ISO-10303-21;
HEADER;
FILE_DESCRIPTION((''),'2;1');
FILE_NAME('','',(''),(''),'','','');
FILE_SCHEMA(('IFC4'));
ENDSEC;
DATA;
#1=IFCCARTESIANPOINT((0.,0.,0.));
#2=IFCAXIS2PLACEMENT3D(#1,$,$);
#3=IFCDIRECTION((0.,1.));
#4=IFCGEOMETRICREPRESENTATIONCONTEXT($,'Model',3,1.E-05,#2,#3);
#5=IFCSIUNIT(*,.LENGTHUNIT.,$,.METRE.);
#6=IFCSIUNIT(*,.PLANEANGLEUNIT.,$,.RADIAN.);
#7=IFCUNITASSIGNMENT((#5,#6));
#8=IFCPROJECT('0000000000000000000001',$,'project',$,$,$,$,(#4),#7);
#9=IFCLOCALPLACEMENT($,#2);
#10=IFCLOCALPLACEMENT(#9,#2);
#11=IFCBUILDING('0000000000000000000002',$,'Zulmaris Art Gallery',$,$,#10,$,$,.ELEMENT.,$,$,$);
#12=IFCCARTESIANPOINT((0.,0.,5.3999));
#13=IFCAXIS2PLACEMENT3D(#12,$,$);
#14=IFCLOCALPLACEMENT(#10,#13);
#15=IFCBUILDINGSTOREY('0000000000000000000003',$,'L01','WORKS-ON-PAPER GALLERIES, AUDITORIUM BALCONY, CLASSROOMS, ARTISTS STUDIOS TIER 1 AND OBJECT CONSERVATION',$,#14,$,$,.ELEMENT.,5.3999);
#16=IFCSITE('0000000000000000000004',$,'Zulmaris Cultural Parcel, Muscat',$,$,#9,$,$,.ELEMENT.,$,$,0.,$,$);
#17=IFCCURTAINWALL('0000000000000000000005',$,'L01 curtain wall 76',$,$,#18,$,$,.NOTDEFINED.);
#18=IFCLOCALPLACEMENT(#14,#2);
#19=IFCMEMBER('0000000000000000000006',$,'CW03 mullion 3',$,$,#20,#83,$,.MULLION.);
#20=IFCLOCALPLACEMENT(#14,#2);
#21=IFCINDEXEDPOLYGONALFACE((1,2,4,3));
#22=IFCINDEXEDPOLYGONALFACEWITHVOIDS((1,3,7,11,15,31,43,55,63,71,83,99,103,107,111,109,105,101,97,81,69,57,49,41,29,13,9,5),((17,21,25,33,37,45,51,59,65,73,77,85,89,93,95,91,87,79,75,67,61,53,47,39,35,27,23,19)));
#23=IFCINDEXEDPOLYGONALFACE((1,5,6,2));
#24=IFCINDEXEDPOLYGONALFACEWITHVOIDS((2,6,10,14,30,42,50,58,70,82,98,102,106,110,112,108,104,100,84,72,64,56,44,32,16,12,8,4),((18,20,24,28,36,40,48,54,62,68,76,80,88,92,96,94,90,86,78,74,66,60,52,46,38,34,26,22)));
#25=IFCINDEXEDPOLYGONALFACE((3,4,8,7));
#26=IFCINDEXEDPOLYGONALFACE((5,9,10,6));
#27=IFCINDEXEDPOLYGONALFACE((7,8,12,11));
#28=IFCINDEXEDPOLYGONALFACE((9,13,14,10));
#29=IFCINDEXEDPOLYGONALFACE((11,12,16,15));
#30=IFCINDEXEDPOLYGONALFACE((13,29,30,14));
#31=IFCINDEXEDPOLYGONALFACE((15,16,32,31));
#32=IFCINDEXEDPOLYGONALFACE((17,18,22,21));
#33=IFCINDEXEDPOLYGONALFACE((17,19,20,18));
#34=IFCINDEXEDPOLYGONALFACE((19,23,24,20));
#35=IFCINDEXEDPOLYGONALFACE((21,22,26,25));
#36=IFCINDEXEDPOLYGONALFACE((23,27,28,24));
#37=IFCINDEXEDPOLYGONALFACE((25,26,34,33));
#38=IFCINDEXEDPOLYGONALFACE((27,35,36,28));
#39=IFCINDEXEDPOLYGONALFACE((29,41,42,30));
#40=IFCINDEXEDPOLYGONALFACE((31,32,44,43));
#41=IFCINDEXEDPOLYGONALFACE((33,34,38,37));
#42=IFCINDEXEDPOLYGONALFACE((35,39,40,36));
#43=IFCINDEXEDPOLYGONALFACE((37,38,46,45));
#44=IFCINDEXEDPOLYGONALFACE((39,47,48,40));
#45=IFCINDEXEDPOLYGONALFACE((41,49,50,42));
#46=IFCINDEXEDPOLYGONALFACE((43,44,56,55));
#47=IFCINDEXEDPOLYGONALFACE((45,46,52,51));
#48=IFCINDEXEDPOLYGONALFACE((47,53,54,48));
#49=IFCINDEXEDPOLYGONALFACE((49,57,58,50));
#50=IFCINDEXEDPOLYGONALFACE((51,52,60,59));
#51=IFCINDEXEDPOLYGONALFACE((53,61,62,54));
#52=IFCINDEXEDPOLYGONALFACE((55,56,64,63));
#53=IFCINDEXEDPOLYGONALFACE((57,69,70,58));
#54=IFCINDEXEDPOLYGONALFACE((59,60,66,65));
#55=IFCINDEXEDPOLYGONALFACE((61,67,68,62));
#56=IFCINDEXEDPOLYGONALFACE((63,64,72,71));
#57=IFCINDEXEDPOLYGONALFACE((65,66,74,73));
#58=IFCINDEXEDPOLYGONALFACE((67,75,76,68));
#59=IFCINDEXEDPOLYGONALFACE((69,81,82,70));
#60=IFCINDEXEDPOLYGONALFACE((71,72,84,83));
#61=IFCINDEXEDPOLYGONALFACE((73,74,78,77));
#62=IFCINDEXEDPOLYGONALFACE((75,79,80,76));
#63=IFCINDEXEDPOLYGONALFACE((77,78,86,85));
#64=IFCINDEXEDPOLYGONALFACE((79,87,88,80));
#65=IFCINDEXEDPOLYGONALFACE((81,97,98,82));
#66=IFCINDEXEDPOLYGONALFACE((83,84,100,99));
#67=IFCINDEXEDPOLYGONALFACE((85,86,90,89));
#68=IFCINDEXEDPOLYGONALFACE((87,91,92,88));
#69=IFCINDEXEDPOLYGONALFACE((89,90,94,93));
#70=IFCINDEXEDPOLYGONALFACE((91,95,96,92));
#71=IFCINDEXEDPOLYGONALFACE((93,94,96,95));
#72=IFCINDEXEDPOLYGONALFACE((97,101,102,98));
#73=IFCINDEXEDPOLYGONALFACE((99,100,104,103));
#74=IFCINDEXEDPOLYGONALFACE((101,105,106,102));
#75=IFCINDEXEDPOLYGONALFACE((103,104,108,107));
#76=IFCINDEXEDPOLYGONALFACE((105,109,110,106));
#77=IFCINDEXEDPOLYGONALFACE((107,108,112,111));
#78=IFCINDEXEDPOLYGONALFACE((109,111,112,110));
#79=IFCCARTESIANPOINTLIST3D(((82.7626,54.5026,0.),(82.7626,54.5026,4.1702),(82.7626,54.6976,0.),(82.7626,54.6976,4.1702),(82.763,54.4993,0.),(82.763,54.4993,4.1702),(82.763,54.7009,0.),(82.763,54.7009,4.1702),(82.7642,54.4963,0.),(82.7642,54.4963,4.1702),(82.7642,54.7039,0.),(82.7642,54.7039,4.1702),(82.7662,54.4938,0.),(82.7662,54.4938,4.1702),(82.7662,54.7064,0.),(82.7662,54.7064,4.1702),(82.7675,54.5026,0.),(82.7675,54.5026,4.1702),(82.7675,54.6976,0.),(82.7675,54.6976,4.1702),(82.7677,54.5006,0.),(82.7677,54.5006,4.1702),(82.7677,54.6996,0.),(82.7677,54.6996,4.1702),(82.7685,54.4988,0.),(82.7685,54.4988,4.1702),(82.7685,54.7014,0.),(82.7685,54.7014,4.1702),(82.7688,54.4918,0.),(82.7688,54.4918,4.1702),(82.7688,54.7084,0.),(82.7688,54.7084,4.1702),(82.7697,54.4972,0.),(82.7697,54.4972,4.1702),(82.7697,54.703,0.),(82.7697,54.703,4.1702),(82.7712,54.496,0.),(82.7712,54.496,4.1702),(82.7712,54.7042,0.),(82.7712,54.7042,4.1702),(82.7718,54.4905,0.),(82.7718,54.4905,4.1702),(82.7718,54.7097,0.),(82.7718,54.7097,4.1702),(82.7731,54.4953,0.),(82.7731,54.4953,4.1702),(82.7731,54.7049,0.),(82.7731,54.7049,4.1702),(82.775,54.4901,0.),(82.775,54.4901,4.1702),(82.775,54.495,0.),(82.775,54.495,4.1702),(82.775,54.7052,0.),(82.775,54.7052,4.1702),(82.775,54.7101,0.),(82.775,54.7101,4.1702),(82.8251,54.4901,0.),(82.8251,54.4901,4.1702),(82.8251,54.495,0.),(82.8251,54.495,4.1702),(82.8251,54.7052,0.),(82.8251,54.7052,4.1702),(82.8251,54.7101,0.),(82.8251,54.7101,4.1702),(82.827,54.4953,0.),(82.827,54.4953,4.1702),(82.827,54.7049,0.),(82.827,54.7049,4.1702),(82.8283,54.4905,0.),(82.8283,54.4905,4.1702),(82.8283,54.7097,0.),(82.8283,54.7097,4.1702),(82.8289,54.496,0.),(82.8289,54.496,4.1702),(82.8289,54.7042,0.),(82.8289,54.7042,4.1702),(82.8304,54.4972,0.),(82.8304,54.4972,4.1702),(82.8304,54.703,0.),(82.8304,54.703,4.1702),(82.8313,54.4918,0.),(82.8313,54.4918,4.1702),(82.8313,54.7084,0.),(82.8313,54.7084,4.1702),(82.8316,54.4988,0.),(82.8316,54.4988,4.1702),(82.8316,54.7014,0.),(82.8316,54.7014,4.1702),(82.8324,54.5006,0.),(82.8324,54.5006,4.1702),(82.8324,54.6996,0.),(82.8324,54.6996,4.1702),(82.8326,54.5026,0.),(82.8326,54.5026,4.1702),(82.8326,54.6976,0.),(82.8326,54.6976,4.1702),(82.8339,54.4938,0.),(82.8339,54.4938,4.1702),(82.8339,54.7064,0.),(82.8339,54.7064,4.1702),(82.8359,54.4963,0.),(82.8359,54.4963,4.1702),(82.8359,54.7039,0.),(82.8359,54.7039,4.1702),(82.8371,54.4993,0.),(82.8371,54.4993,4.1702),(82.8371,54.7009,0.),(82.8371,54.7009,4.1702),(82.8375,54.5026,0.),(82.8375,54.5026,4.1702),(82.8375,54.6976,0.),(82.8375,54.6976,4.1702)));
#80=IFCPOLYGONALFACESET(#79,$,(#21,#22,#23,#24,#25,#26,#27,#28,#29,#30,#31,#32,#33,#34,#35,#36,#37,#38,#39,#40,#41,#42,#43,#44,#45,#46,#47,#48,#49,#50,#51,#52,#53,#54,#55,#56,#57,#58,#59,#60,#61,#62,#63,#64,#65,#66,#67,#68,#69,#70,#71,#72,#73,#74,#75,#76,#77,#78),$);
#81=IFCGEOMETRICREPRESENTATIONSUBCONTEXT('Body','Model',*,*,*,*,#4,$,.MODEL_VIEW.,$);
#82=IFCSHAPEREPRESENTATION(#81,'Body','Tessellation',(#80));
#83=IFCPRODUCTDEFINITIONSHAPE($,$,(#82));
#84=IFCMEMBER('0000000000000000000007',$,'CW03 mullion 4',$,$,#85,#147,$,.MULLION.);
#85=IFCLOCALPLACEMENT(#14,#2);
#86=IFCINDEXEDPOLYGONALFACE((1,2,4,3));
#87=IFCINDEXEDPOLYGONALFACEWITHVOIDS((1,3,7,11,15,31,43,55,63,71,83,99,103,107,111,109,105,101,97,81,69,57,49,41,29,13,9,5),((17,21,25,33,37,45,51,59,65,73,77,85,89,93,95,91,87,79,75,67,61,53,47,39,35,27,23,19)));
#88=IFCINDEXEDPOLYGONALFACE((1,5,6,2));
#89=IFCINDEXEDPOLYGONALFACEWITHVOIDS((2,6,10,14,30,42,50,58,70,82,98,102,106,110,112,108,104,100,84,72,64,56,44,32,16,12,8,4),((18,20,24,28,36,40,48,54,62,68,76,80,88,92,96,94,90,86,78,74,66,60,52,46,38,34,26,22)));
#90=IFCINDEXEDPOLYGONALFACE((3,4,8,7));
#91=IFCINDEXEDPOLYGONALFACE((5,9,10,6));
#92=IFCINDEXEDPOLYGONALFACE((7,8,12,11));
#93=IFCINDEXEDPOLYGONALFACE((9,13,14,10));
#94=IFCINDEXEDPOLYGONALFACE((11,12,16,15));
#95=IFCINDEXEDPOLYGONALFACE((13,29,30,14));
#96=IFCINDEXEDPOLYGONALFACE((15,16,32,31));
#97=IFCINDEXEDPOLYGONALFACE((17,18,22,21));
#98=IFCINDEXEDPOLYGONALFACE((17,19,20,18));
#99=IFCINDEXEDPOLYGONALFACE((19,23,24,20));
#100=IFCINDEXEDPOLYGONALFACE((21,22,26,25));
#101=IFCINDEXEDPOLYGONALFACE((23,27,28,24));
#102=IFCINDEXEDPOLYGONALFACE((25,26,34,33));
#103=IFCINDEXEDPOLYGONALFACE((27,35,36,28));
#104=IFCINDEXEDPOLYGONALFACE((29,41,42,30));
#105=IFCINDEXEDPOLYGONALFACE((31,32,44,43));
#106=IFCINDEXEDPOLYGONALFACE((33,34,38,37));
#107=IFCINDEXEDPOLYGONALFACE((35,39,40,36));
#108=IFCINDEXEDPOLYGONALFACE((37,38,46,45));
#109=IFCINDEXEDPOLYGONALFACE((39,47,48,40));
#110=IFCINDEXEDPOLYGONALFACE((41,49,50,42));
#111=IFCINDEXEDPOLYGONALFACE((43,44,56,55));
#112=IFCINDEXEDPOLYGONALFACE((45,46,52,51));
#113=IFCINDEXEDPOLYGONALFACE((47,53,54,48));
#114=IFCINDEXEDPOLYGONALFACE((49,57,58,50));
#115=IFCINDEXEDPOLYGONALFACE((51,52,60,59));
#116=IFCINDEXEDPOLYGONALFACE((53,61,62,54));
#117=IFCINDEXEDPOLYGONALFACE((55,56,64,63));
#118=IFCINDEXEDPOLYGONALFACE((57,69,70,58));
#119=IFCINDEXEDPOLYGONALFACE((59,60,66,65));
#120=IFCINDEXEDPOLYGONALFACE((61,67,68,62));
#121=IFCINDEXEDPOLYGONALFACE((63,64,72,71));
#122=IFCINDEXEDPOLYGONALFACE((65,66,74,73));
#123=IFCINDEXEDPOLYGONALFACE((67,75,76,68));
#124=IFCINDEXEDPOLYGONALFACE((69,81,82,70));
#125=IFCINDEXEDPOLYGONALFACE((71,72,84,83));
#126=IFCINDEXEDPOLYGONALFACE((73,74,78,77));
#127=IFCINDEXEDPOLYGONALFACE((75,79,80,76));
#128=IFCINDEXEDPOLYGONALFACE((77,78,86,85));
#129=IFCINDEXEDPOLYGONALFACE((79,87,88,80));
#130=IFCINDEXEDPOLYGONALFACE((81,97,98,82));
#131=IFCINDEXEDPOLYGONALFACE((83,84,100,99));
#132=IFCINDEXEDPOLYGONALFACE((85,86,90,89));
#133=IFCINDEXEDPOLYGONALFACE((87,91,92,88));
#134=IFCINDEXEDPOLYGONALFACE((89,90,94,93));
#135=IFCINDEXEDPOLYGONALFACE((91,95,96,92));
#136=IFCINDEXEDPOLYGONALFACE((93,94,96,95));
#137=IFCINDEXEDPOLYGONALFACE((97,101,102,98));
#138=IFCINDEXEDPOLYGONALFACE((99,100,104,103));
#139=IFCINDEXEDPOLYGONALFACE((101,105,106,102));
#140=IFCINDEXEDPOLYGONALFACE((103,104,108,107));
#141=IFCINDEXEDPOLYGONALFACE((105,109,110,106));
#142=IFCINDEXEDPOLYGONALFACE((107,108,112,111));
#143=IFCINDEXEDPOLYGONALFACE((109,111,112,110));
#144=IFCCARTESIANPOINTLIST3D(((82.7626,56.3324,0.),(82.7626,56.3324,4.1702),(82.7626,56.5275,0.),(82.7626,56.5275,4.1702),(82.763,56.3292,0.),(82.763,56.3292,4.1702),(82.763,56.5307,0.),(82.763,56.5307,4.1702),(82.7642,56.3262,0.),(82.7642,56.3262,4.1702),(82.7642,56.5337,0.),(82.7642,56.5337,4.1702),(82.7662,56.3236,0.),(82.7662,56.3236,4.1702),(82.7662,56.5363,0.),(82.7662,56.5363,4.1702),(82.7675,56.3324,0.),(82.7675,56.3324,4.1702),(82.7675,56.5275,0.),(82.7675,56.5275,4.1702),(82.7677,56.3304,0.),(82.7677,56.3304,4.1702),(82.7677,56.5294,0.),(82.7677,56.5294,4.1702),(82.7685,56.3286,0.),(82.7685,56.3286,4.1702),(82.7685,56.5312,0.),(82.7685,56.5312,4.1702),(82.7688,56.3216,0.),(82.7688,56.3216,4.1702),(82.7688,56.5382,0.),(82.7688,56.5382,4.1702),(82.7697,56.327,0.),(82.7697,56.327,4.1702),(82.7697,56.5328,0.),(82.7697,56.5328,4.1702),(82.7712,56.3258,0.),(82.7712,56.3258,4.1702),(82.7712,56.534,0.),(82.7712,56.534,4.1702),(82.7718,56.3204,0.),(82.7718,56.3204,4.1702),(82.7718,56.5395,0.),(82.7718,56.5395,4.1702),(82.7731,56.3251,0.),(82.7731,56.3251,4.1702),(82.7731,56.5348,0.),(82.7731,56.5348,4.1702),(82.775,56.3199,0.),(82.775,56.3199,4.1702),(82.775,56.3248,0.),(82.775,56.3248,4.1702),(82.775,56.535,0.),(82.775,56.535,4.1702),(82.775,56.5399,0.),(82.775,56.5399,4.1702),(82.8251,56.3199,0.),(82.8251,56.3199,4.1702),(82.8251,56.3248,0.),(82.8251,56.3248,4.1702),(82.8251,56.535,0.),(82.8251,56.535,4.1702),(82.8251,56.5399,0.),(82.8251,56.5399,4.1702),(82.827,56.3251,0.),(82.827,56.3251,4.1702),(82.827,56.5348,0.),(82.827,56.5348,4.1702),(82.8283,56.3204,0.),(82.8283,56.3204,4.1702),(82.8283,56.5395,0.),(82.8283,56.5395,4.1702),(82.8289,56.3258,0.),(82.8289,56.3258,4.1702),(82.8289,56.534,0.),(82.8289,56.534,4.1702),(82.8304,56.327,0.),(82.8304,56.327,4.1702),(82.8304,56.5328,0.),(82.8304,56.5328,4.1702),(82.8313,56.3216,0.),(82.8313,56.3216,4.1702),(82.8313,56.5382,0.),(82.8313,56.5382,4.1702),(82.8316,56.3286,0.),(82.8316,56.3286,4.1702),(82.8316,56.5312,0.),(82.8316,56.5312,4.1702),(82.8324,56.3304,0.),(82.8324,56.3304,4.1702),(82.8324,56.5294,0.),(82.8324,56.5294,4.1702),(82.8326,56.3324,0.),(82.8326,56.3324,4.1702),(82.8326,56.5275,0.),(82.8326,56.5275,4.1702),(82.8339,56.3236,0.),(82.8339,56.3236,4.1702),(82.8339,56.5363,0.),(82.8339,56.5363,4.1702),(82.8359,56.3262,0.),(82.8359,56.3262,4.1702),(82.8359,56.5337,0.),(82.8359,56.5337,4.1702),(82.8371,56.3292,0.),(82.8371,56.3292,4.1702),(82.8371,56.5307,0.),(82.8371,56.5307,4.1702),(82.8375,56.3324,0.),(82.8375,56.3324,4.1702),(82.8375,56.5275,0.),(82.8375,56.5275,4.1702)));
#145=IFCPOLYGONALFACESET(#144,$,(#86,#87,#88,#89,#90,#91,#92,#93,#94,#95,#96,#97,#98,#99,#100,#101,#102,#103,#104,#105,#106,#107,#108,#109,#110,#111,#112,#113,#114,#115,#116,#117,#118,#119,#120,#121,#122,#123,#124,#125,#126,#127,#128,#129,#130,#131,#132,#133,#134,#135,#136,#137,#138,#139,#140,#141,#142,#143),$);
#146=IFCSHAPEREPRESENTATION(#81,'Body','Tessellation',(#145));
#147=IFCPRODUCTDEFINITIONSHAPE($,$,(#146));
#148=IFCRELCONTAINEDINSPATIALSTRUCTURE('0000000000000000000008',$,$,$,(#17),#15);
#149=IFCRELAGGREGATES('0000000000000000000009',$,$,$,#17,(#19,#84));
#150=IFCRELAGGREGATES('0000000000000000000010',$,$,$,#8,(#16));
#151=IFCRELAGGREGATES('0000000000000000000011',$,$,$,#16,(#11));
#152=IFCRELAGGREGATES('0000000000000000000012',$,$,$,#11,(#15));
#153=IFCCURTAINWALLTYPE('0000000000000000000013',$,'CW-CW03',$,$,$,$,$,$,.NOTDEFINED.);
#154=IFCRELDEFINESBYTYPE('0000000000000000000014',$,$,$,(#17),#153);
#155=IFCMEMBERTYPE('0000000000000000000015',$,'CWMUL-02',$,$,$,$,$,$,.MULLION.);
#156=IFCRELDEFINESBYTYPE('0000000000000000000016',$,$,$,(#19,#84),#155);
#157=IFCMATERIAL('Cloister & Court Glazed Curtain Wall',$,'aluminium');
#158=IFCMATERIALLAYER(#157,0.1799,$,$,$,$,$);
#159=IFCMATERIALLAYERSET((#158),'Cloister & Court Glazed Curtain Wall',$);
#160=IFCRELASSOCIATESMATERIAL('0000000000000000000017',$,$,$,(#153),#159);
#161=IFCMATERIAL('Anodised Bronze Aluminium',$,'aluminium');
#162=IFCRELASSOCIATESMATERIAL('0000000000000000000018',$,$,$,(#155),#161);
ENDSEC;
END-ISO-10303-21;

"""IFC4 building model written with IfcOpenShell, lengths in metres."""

from ifc_helpers import new_model, si_unit, direction, frame, origin, origin_2d, place, context, subcontext, project, spatial, hollow_rectangle, extrude, material, layer, layer_set, material_profile, profile_set, type_object, element, aggregate, save


model = new_model("IFC4")

# Units and contexts
model_context = context("Model", 3, precision=1e-05, world=origin(), true_north=direction((0.0, 1.0)))
body_context = subcontext(model_context, "Body", "Model", "MODEL_VIEW")
ifc_project = project(units=[si_unit("LENGTHUNIT", "METRE"), si_unit("PLANEANGLEUNIT", "RADIAN")], contexts=[model_context])

# Site, building, storey
site_placement = place(None, origin())
site = spatial("IfcSite", under=ifc_project, at=site_placement, Name="Zulmaris Cultural Parcel, Muscat", CompositionType="ELEMENT", RefElevation=0.0)
building_placement = place(site_placement, origin())
building = spatial("IfcBuilding", under=site, at=building_placement, Name="Zulmaris Art Gallery", CompositionType="ELEMENT")
storey_placement = place(building_placement, frame((0.0, 0.0, 5.3999)))
storey = spatial("IfcBuildingStorey", under=building, at=storey_placement, Name="L01", Description="WORKS-ON-PAPER GALLERIES, AUDITORIUM BALCONY, CLASSROOMS, ARTISTS STUDIOS TIER 1 AND OBJECT CONSERVATION", CompositionType="ELEMENT", Elevation=5.3999)

# Curtain wall, members
ifc_material_1 = material(Name="Cloister & Court Glazed Curtain Wall", Category="aluminium")
ifc_layer_1 = layer(ifc_material_1, 0.1799)
ifc_layer_set_1 = layer_set([ifc_layer_1], Name="Cloister & Court Glazed Curtain Wall")
curtain_wall_type = type_object("IfcCurtainWallType", Name="CW-CW03", PredefinedType="NOTDEFINED", material=ifc_layer_set_1)
curtain_wall_1_placement = place(storey_placement, origin())
curtain_wall_1 = element("IfcCurtainWall", 1, at=curtain_wall_1_placement, inside=storey, type_object=curtain_wall_type, Name="L01 curtain wall 76", PredefinedType="NOTDEFINED")
ifc_material_2 = material(Name="Anodised Bronze Aluminium", Category="aluminium")
ifc_material_profile_1 = material_profile(ifc_material_2, hollow_rectangle(XDim=0.075, YDim=0.22, WallThickness=0.0049, InnerFilletRadius=0.0076, OuterFilletRadius=0.0125, at=origin_2d()), Name="ALU 75x220x5")
ifc_profile_set_1 = profile_set([ifc_material_profile_1], Name="Anodised Bronze Aluminium")
member_type_1 = type_object("IfcMemberType", Name="CWMUL-02", PredefinedType="MULLION", material=ifc_profile_set_1)
member_1_placement = place(storey_placement, frame((82.8, 54.6001, 0.0), z_axis=(0.0, 0.0, 1.0), x_axis=(-1.0, 0.0, 0.0)))
member_1 = element("IfcMember", 2, at=member_1_placement, type_object=member_type_1, Name="CW03 mullion 3", PredefinedType="MULLION", context=body_context, shape_type="SweptSolid", body=[
    extrude(hollow_rectangle(XDim=0.075, YDim=0.22, WallThickness=0.0049, InnerFilletRadius=0.0076, OuterFilletRadius=0.0125, at=origin_2d()), origin(), (0.0, 0.0, 1.0), 4.1702),
])
member_2_placement = place(storey_placement, frame((82.8, 56.4299, 0.0), z_axis=(0.0, 0.0, 1.0), x_axis=(-1.0, 0.0, 0.0)))
member_2 = element("IfcMember", 3, at=member_2_placement, type_object=member_type_1, Name="CW03 mullion 4", PredefinedType="MULLION", context=body_context, shape_type="SweptSolid", body=[
    extrude(hollow_rectangle(XDim=0.075, YDim=0.22, WallThickness=0.0049, InnerFilletRadius=0.0076, OuterFilletRadius=0.0125, at=origin_2d()), origin(), (0.0, 0.0, 1.0), 4.1702),
])

aggregate(curtain_wall_1, [member_1, member_2])

save(model, "model.ifc")
